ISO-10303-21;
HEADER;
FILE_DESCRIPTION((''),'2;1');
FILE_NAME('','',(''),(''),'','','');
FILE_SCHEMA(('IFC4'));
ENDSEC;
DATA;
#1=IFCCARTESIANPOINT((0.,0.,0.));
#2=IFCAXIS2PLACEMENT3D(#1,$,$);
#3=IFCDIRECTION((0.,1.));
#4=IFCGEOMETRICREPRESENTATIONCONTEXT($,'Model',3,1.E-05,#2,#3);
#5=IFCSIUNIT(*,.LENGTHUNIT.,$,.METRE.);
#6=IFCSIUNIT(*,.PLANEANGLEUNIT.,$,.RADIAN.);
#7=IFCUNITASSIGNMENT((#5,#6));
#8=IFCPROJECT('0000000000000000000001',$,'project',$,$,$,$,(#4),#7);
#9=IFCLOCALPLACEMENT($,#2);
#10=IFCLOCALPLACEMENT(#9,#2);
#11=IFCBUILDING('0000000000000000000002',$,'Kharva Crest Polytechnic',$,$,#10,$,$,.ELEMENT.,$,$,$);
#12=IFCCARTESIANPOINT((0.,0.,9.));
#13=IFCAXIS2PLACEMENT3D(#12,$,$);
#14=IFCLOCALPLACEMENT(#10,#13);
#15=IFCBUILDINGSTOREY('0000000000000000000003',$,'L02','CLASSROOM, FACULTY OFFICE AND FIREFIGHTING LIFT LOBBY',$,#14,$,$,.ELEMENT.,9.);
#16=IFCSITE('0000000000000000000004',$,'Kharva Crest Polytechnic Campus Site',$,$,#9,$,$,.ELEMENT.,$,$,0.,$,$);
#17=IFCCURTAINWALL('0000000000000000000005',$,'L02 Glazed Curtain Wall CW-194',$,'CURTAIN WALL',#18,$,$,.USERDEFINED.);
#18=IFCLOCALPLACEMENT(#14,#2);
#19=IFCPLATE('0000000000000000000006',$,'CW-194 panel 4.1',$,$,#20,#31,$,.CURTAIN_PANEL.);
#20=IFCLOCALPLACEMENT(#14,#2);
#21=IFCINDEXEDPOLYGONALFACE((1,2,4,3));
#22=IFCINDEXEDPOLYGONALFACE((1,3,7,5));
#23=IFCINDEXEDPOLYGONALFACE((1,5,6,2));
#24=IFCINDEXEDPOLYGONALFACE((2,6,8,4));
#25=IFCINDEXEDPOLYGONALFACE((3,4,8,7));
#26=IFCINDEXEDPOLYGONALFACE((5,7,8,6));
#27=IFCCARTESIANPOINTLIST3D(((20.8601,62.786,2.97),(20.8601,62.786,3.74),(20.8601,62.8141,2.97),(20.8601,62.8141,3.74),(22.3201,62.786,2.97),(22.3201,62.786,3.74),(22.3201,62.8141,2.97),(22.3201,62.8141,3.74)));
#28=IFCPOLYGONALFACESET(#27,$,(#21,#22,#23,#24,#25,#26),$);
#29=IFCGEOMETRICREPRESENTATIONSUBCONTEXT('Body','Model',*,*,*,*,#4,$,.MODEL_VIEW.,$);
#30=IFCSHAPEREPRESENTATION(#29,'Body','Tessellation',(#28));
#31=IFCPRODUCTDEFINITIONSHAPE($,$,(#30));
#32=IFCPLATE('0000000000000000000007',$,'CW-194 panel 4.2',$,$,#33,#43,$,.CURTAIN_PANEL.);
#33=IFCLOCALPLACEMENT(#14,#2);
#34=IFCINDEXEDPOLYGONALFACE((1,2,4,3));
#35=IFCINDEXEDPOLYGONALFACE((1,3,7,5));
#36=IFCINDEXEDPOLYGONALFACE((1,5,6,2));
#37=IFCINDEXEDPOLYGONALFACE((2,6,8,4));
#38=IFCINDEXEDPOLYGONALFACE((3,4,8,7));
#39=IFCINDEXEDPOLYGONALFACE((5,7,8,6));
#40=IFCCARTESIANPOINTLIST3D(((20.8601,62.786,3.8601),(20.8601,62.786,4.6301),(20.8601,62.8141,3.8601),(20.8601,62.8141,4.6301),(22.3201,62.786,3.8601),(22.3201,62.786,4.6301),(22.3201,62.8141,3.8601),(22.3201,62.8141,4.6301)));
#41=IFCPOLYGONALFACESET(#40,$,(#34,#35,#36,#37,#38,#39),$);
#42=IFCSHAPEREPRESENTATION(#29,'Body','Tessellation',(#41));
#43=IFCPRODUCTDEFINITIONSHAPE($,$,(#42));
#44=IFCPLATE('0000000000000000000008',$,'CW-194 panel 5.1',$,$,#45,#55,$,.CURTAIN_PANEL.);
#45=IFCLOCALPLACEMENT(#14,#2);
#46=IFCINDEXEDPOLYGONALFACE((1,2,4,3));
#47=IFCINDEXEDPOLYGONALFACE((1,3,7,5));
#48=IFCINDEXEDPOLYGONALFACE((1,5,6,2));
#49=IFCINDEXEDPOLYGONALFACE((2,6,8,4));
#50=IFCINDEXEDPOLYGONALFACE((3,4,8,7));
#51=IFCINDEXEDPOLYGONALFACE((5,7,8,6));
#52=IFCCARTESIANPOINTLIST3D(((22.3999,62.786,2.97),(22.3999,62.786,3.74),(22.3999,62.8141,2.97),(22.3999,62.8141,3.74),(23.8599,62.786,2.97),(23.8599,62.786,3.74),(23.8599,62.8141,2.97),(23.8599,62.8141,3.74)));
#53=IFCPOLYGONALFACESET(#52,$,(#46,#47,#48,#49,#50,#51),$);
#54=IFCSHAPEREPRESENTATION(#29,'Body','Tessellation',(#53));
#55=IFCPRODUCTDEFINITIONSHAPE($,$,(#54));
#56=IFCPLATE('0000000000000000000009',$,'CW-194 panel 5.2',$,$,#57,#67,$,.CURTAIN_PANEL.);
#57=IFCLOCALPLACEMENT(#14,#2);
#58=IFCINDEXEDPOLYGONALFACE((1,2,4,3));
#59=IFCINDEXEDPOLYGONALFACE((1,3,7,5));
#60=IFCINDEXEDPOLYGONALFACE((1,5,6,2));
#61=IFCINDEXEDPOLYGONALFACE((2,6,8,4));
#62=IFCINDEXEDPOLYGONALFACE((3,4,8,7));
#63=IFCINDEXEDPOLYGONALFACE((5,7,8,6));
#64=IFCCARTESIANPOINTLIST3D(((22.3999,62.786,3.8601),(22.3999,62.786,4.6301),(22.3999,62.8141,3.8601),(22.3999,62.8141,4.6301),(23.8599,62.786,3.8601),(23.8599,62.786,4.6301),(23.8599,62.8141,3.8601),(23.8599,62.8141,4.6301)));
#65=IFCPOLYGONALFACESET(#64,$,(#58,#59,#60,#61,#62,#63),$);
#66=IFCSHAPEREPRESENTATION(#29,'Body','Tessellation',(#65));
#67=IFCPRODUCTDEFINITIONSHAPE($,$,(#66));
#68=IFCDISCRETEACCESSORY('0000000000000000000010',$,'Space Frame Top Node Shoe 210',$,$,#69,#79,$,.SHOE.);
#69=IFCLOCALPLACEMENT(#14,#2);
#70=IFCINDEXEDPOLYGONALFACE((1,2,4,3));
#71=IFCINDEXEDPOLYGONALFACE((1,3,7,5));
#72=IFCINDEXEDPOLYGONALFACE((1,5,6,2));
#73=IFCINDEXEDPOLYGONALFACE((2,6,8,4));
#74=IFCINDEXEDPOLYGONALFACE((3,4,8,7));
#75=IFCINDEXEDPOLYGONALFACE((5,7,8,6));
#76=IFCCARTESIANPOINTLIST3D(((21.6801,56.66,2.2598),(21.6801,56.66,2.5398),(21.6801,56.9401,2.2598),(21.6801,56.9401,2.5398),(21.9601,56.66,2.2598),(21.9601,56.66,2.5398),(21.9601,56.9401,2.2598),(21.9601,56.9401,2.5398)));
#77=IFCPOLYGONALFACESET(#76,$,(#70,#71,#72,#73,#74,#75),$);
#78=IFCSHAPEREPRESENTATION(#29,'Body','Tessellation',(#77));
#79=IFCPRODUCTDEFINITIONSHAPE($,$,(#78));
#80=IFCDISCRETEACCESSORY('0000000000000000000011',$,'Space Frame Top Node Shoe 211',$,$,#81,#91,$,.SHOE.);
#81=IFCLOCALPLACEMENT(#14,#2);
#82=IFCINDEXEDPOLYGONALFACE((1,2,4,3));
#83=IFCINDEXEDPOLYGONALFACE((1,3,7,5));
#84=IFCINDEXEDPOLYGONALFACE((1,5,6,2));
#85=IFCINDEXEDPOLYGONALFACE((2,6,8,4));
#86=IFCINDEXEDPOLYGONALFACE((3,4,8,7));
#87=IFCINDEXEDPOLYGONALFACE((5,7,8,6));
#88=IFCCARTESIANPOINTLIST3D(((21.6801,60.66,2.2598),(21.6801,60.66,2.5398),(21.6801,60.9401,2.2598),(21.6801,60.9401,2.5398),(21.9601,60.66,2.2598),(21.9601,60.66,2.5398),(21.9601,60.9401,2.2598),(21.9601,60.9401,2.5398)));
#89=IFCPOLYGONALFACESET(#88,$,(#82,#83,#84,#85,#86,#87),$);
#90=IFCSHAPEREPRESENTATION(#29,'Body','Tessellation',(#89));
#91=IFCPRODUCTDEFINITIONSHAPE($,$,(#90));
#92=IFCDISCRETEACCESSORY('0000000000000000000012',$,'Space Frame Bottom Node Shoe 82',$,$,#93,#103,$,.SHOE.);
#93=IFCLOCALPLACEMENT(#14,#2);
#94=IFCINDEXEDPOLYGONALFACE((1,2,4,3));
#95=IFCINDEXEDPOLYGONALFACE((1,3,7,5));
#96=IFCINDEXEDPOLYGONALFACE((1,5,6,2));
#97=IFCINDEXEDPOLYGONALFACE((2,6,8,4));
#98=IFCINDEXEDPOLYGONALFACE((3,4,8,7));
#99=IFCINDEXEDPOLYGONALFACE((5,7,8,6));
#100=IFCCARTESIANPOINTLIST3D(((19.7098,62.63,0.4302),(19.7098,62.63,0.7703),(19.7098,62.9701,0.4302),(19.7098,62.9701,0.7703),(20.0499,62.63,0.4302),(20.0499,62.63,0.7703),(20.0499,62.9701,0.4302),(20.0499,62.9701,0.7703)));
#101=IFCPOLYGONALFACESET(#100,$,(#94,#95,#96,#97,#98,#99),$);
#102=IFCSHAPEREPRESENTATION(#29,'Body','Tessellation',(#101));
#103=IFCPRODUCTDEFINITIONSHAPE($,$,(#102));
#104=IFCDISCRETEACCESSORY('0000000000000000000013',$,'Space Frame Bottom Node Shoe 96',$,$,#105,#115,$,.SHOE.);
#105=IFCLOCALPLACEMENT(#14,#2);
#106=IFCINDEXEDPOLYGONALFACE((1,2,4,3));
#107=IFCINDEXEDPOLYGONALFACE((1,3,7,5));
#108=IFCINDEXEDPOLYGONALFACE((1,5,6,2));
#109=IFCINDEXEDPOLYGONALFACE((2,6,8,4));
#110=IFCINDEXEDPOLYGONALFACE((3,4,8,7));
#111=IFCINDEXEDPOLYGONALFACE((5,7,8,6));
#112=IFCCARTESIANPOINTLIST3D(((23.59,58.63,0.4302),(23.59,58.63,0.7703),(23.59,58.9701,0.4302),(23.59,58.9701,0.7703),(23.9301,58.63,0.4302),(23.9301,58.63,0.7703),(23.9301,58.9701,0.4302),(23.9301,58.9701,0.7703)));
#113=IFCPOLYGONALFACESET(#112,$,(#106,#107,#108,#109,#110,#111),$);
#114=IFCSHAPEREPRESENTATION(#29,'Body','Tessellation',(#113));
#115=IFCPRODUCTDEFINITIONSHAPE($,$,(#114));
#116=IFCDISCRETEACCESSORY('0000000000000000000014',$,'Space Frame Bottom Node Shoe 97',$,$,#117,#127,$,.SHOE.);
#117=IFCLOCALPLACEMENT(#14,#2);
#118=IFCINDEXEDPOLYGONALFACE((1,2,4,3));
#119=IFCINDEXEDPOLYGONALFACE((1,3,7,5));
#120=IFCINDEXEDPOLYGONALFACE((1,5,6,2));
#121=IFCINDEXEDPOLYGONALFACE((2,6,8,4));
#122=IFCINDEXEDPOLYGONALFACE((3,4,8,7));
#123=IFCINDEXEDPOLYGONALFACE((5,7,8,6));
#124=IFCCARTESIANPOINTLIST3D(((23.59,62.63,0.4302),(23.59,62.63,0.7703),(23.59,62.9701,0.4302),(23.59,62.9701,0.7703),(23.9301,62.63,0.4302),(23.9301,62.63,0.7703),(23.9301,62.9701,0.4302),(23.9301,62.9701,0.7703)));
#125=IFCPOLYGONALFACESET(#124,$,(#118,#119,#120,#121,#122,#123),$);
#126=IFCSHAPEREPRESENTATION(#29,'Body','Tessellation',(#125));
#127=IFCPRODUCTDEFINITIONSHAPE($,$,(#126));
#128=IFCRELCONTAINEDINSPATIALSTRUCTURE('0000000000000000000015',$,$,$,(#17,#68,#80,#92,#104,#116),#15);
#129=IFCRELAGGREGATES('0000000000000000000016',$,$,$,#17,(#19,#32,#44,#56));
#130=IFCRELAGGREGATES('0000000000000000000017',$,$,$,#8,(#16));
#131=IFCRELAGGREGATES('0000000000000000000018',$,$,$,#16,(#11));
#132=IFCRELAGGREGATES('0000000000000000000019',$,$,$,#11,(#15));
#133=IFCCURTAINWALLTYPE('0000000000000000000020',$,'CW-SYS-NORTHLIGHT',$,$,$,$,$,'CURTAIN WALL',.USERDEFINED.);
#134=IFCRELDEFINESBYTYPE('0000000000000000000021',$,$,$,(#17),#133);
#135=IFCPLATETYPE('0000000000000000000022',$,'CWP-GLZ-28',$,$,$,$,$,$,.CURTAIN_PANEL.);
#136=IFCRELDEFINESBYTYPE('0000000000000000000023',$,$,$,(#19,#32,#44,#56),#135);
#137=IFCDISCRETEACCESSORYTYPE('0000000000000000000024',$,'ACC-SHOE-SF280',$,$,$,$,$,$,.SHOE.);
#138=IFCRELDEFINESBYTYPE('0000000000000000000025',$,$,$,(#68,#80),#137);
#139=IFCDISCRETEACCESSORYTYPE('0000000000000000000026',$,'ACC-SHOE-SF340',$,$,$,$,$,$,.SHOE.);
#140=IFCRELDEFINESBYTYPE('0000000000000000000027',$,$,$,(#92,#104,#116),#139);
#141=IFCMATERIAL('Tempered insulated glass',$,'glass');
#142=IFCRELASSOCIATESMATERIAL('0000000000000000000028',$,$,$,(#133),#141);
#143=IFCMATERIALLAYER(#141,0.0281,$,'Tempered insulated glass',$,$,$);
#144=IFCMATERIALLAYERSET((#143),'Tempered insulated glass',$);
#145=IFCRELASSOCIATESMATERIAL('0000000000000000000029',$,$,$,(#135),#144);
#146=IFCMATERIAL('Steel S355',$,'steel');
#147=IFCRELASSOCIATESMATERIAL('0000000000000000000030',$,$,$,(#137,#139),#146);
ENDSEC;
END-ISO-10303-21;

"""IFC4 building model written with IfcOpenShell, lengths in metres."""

from ifc_helpers import new_model, si_unit, direction, frame, origin, origin_2d, place, context, subcontext, project, spatial, rectangle, extrude, material, layer, layer_set, type_object, element, aggregate, save


model = new_model("IFC4")

# Units and contexts
model_context = context("Model", 3, precision=1e-05, world=origin(), true_north=direction((0.0, 1.0)))
body_context = subcontext(model_context, "Body", "Model", "MODEL_VIEW")
ifc_project = project(units=[si_unit("LENGTHUNIT", "METRE"), si_unit("PLANEANGLEUNIT", "RADIAN")], contexts=[model_context])

# Site, building, storey
site_placement = place(None, origin())
site = spatial("IfcSite", under=ifc_project, at=site_placement, Name="Kharva Crest Polytechnic Campus Site", CompositionType="ELEMENT", RefElevation=0.0)
building_placement = place(site_placement, origin())
building = spatial("IfcBuilding", under=site, at=building_placement, Name="Kharva Crest Polytechnic", CompositionType="ELEMENT")
storey_placement = place(building_placement, frame((0.0, 0.0, 9.0)))
storey = spatial("IfcBuildingStorey", under=building, at=storey_placement, Name="L02", Description="CLASSROOM, FACULTY OFFICE AND FIREFIGHTING LIFT LOBBY", CompositionType="ELEMENT", Elevation=9.0)

# Curtain wall
ifc_material_1 = material(Name="Tempered insulated glass", Category="glass")
curtain_wall_type = type_object("IfcCurtainWallType", Name="CW-SYS-NORTHLIGHT", ElementType="CURTAIN WALL", PredefinedType="USERDEFINED", material=ifc_material_1)
curtain_wall_placement = place(storey_placement, origin())
curtain_wall = element("IfcCurtainWall", 1, at=curtain_wall_placement, inside=storey, type_object=curtain_wall_type, Name="L02 Glazed Curtain Wall CW-194", ObjectType="CURTAIN WALL", PredefinedType="USERDEFINED")
ifc_material_2 = material(Name="Steel S355", Category="steel")

# Plates
ifc_layer = layer(ifc_material_1, 0.0281, Name="Tempered insulated glass")
ifc_layer_set = layer_set([ifc_layer], Name="Tempered insulated glass")
plate_type = type_object("IfcPlateType", Name="CWP-GLZ-28", PredefinedType="CURTAIN_PANEL", material=ifc_layer_set)
plate_1_placement = place(storey_placement, frame((21.5901, 62.8, 2.97), z_axis=(0.0, 0.0, 1.0), x_axis=(1.0, 0.0, 0.0)))
plate_1 = element("IfcPlate", 2, at=plate_1_placement, type_object=plate_type, Name="CW-194 panel 4.1", PredefinedType="CURTAIN_PANEL", context=body_context, shape_type="SweptSolid", body=[
    extrude(rectangle(XDim=1.46, YDim=0.0281, at=origin_2d()), origin(), (0.0, 0.0, 1.0), 0.77),
])
plate_2_placement = place(storey_placement, frame((21.5901, 62.8, 3.8601), z_axis=(0.0, 0.0, 1.0), x_axis=(1.0, 0.0, 0.0)))
plate_2 = element("IfcPlate", 3, at=plate_2_placement, type_object=plate_type, Name="CW-194 panel 4.2", PredefinedType="CURTAIN_PANEL", context=body_context, shape_type="SweptSolid", body=[
    extrude(rectangle(XDim=1.46, YDim=0.0281, at=origin_2d()), origin(), (0.0, 0.0, 1.0), 0.77),
])
plate_3_placement = place(storey_placement, frame((23.1299, 62.8, 2.97), z_axis=(0.0, 0.0, 1.0), x_axis=(1.0, 0.0, 0.0)))
plate_3 = element("IfcPlate", 4, at=plate_3_placement, type_object=plate_type, Name="CW-194 panel 5.1", PredefinedType="CURTAIN_PANEL", context=body_context, shape_type="SweptSolid", body=[
    extrude(rectangle(XDim=1.46, YDim=0.0281, at=origin_2d()), origin(), (0.0, 0.0, 1.0), 0.77),
])
plate_4_placement = place(storey_placement, frame((23.1299, 62.8, 3.8601), z_axis=(0.0, 0.0, 1.0), x_axis=(1.0, 0.0, 0.0)))
plate_4 = element("IfcPlate", 5, at=plate_4_placement, type_object=plate_type, Name="CW-194 panel 5.2", PredefinedType="CURTAIN_PANEL", context=body_context, shape_type="SweptSolid", body=[
    extrude(rectangle(XDim=1.46, YDim=0.0281, at=origin_2d()), origin(), (0.0, 0.0, 1.0), 0.77),
])
aggregate(curtain_wall, [plate_1, plate_2, plate_3, plate_4])

# Discrete accessories
discrete_accessory_type_1 = type_object("IfcDiscreteAccessoryType", Name="ACC-SHOE-SF280", PredefinedType="SHOE", material=ifc_material_2)
for number, where, z_axis, x_axis, name in (
    (6, (21.8201, 56.8, 2.2598), (0.0, 0.0, 1.0), (1.0, 0.0, 0.0), "Space Frame Top Node Shoe 210"),
    (7, (21.8201, 60.8, 2.2598), (0.0, 0.0, 1.0), (1.0, 0.0, 0.0), "Space Frame Top Node Shoe 211"),
):
    element("IfcDiscreteAccessory", number, at=place(storey_placement, frame(where, z_axis=z_axis, x_axis=x_axis)), inside=storey, type_object=discrete_accessory_type_1, Name=name, PredefinedType="SHOE", context=body_context, shape_type="SweptSolid", body=[
        extrude(rectangle(XDim=0.28, YDim=0.28, at=origin_2d()), origin(), (0.0, 0.0, 1.0), 0.28),
    ])
discrete_accessory_type_2 = type_object("IfcDiscreteAccessoryType", Name="ACC-SHOE-SF340", PredefinedType="SHOE", material=ifc_material_2)
for number, where, z_axis, x_axis, name in (
    (8, (19.8799, 62.8, 0.4302), (0.0, 0.0, 1.0), (1.0, 0.0, 0.0), "Space Frame Bottom Node Shoe 82"),
    (9, (23.76, 58.8, 0.4302), (0.0, 0.0, 1.0), (1.0, 0.0, 0.0), "Space Frame Bottom Node Shoe 96"),
    (10, (23.76, 62.8, 0.4302), (0.0, 0.0, 1.0), (1.0, 0.0, 0.0), "Space Frame Bottom Node Shoe 97"),
):
    element("IfcDiscreteAccessory", number, at=place(storey_placement, frame(where, z_axis=z_axis, x_axis=x_axis)), inside=storey, type_object=discrete_accessory_type_2, Name=name, PredefinedType="SHOE", context=body_context, shape_type="SweptSolid", body=[
        extrude(rectangle(XDim=0.3401, YDim=0.3401, at=origin_2d()), origin(), (0.0, 0.0, 1.0), 0.3401),
    ])

save(model, "model.ifc")
